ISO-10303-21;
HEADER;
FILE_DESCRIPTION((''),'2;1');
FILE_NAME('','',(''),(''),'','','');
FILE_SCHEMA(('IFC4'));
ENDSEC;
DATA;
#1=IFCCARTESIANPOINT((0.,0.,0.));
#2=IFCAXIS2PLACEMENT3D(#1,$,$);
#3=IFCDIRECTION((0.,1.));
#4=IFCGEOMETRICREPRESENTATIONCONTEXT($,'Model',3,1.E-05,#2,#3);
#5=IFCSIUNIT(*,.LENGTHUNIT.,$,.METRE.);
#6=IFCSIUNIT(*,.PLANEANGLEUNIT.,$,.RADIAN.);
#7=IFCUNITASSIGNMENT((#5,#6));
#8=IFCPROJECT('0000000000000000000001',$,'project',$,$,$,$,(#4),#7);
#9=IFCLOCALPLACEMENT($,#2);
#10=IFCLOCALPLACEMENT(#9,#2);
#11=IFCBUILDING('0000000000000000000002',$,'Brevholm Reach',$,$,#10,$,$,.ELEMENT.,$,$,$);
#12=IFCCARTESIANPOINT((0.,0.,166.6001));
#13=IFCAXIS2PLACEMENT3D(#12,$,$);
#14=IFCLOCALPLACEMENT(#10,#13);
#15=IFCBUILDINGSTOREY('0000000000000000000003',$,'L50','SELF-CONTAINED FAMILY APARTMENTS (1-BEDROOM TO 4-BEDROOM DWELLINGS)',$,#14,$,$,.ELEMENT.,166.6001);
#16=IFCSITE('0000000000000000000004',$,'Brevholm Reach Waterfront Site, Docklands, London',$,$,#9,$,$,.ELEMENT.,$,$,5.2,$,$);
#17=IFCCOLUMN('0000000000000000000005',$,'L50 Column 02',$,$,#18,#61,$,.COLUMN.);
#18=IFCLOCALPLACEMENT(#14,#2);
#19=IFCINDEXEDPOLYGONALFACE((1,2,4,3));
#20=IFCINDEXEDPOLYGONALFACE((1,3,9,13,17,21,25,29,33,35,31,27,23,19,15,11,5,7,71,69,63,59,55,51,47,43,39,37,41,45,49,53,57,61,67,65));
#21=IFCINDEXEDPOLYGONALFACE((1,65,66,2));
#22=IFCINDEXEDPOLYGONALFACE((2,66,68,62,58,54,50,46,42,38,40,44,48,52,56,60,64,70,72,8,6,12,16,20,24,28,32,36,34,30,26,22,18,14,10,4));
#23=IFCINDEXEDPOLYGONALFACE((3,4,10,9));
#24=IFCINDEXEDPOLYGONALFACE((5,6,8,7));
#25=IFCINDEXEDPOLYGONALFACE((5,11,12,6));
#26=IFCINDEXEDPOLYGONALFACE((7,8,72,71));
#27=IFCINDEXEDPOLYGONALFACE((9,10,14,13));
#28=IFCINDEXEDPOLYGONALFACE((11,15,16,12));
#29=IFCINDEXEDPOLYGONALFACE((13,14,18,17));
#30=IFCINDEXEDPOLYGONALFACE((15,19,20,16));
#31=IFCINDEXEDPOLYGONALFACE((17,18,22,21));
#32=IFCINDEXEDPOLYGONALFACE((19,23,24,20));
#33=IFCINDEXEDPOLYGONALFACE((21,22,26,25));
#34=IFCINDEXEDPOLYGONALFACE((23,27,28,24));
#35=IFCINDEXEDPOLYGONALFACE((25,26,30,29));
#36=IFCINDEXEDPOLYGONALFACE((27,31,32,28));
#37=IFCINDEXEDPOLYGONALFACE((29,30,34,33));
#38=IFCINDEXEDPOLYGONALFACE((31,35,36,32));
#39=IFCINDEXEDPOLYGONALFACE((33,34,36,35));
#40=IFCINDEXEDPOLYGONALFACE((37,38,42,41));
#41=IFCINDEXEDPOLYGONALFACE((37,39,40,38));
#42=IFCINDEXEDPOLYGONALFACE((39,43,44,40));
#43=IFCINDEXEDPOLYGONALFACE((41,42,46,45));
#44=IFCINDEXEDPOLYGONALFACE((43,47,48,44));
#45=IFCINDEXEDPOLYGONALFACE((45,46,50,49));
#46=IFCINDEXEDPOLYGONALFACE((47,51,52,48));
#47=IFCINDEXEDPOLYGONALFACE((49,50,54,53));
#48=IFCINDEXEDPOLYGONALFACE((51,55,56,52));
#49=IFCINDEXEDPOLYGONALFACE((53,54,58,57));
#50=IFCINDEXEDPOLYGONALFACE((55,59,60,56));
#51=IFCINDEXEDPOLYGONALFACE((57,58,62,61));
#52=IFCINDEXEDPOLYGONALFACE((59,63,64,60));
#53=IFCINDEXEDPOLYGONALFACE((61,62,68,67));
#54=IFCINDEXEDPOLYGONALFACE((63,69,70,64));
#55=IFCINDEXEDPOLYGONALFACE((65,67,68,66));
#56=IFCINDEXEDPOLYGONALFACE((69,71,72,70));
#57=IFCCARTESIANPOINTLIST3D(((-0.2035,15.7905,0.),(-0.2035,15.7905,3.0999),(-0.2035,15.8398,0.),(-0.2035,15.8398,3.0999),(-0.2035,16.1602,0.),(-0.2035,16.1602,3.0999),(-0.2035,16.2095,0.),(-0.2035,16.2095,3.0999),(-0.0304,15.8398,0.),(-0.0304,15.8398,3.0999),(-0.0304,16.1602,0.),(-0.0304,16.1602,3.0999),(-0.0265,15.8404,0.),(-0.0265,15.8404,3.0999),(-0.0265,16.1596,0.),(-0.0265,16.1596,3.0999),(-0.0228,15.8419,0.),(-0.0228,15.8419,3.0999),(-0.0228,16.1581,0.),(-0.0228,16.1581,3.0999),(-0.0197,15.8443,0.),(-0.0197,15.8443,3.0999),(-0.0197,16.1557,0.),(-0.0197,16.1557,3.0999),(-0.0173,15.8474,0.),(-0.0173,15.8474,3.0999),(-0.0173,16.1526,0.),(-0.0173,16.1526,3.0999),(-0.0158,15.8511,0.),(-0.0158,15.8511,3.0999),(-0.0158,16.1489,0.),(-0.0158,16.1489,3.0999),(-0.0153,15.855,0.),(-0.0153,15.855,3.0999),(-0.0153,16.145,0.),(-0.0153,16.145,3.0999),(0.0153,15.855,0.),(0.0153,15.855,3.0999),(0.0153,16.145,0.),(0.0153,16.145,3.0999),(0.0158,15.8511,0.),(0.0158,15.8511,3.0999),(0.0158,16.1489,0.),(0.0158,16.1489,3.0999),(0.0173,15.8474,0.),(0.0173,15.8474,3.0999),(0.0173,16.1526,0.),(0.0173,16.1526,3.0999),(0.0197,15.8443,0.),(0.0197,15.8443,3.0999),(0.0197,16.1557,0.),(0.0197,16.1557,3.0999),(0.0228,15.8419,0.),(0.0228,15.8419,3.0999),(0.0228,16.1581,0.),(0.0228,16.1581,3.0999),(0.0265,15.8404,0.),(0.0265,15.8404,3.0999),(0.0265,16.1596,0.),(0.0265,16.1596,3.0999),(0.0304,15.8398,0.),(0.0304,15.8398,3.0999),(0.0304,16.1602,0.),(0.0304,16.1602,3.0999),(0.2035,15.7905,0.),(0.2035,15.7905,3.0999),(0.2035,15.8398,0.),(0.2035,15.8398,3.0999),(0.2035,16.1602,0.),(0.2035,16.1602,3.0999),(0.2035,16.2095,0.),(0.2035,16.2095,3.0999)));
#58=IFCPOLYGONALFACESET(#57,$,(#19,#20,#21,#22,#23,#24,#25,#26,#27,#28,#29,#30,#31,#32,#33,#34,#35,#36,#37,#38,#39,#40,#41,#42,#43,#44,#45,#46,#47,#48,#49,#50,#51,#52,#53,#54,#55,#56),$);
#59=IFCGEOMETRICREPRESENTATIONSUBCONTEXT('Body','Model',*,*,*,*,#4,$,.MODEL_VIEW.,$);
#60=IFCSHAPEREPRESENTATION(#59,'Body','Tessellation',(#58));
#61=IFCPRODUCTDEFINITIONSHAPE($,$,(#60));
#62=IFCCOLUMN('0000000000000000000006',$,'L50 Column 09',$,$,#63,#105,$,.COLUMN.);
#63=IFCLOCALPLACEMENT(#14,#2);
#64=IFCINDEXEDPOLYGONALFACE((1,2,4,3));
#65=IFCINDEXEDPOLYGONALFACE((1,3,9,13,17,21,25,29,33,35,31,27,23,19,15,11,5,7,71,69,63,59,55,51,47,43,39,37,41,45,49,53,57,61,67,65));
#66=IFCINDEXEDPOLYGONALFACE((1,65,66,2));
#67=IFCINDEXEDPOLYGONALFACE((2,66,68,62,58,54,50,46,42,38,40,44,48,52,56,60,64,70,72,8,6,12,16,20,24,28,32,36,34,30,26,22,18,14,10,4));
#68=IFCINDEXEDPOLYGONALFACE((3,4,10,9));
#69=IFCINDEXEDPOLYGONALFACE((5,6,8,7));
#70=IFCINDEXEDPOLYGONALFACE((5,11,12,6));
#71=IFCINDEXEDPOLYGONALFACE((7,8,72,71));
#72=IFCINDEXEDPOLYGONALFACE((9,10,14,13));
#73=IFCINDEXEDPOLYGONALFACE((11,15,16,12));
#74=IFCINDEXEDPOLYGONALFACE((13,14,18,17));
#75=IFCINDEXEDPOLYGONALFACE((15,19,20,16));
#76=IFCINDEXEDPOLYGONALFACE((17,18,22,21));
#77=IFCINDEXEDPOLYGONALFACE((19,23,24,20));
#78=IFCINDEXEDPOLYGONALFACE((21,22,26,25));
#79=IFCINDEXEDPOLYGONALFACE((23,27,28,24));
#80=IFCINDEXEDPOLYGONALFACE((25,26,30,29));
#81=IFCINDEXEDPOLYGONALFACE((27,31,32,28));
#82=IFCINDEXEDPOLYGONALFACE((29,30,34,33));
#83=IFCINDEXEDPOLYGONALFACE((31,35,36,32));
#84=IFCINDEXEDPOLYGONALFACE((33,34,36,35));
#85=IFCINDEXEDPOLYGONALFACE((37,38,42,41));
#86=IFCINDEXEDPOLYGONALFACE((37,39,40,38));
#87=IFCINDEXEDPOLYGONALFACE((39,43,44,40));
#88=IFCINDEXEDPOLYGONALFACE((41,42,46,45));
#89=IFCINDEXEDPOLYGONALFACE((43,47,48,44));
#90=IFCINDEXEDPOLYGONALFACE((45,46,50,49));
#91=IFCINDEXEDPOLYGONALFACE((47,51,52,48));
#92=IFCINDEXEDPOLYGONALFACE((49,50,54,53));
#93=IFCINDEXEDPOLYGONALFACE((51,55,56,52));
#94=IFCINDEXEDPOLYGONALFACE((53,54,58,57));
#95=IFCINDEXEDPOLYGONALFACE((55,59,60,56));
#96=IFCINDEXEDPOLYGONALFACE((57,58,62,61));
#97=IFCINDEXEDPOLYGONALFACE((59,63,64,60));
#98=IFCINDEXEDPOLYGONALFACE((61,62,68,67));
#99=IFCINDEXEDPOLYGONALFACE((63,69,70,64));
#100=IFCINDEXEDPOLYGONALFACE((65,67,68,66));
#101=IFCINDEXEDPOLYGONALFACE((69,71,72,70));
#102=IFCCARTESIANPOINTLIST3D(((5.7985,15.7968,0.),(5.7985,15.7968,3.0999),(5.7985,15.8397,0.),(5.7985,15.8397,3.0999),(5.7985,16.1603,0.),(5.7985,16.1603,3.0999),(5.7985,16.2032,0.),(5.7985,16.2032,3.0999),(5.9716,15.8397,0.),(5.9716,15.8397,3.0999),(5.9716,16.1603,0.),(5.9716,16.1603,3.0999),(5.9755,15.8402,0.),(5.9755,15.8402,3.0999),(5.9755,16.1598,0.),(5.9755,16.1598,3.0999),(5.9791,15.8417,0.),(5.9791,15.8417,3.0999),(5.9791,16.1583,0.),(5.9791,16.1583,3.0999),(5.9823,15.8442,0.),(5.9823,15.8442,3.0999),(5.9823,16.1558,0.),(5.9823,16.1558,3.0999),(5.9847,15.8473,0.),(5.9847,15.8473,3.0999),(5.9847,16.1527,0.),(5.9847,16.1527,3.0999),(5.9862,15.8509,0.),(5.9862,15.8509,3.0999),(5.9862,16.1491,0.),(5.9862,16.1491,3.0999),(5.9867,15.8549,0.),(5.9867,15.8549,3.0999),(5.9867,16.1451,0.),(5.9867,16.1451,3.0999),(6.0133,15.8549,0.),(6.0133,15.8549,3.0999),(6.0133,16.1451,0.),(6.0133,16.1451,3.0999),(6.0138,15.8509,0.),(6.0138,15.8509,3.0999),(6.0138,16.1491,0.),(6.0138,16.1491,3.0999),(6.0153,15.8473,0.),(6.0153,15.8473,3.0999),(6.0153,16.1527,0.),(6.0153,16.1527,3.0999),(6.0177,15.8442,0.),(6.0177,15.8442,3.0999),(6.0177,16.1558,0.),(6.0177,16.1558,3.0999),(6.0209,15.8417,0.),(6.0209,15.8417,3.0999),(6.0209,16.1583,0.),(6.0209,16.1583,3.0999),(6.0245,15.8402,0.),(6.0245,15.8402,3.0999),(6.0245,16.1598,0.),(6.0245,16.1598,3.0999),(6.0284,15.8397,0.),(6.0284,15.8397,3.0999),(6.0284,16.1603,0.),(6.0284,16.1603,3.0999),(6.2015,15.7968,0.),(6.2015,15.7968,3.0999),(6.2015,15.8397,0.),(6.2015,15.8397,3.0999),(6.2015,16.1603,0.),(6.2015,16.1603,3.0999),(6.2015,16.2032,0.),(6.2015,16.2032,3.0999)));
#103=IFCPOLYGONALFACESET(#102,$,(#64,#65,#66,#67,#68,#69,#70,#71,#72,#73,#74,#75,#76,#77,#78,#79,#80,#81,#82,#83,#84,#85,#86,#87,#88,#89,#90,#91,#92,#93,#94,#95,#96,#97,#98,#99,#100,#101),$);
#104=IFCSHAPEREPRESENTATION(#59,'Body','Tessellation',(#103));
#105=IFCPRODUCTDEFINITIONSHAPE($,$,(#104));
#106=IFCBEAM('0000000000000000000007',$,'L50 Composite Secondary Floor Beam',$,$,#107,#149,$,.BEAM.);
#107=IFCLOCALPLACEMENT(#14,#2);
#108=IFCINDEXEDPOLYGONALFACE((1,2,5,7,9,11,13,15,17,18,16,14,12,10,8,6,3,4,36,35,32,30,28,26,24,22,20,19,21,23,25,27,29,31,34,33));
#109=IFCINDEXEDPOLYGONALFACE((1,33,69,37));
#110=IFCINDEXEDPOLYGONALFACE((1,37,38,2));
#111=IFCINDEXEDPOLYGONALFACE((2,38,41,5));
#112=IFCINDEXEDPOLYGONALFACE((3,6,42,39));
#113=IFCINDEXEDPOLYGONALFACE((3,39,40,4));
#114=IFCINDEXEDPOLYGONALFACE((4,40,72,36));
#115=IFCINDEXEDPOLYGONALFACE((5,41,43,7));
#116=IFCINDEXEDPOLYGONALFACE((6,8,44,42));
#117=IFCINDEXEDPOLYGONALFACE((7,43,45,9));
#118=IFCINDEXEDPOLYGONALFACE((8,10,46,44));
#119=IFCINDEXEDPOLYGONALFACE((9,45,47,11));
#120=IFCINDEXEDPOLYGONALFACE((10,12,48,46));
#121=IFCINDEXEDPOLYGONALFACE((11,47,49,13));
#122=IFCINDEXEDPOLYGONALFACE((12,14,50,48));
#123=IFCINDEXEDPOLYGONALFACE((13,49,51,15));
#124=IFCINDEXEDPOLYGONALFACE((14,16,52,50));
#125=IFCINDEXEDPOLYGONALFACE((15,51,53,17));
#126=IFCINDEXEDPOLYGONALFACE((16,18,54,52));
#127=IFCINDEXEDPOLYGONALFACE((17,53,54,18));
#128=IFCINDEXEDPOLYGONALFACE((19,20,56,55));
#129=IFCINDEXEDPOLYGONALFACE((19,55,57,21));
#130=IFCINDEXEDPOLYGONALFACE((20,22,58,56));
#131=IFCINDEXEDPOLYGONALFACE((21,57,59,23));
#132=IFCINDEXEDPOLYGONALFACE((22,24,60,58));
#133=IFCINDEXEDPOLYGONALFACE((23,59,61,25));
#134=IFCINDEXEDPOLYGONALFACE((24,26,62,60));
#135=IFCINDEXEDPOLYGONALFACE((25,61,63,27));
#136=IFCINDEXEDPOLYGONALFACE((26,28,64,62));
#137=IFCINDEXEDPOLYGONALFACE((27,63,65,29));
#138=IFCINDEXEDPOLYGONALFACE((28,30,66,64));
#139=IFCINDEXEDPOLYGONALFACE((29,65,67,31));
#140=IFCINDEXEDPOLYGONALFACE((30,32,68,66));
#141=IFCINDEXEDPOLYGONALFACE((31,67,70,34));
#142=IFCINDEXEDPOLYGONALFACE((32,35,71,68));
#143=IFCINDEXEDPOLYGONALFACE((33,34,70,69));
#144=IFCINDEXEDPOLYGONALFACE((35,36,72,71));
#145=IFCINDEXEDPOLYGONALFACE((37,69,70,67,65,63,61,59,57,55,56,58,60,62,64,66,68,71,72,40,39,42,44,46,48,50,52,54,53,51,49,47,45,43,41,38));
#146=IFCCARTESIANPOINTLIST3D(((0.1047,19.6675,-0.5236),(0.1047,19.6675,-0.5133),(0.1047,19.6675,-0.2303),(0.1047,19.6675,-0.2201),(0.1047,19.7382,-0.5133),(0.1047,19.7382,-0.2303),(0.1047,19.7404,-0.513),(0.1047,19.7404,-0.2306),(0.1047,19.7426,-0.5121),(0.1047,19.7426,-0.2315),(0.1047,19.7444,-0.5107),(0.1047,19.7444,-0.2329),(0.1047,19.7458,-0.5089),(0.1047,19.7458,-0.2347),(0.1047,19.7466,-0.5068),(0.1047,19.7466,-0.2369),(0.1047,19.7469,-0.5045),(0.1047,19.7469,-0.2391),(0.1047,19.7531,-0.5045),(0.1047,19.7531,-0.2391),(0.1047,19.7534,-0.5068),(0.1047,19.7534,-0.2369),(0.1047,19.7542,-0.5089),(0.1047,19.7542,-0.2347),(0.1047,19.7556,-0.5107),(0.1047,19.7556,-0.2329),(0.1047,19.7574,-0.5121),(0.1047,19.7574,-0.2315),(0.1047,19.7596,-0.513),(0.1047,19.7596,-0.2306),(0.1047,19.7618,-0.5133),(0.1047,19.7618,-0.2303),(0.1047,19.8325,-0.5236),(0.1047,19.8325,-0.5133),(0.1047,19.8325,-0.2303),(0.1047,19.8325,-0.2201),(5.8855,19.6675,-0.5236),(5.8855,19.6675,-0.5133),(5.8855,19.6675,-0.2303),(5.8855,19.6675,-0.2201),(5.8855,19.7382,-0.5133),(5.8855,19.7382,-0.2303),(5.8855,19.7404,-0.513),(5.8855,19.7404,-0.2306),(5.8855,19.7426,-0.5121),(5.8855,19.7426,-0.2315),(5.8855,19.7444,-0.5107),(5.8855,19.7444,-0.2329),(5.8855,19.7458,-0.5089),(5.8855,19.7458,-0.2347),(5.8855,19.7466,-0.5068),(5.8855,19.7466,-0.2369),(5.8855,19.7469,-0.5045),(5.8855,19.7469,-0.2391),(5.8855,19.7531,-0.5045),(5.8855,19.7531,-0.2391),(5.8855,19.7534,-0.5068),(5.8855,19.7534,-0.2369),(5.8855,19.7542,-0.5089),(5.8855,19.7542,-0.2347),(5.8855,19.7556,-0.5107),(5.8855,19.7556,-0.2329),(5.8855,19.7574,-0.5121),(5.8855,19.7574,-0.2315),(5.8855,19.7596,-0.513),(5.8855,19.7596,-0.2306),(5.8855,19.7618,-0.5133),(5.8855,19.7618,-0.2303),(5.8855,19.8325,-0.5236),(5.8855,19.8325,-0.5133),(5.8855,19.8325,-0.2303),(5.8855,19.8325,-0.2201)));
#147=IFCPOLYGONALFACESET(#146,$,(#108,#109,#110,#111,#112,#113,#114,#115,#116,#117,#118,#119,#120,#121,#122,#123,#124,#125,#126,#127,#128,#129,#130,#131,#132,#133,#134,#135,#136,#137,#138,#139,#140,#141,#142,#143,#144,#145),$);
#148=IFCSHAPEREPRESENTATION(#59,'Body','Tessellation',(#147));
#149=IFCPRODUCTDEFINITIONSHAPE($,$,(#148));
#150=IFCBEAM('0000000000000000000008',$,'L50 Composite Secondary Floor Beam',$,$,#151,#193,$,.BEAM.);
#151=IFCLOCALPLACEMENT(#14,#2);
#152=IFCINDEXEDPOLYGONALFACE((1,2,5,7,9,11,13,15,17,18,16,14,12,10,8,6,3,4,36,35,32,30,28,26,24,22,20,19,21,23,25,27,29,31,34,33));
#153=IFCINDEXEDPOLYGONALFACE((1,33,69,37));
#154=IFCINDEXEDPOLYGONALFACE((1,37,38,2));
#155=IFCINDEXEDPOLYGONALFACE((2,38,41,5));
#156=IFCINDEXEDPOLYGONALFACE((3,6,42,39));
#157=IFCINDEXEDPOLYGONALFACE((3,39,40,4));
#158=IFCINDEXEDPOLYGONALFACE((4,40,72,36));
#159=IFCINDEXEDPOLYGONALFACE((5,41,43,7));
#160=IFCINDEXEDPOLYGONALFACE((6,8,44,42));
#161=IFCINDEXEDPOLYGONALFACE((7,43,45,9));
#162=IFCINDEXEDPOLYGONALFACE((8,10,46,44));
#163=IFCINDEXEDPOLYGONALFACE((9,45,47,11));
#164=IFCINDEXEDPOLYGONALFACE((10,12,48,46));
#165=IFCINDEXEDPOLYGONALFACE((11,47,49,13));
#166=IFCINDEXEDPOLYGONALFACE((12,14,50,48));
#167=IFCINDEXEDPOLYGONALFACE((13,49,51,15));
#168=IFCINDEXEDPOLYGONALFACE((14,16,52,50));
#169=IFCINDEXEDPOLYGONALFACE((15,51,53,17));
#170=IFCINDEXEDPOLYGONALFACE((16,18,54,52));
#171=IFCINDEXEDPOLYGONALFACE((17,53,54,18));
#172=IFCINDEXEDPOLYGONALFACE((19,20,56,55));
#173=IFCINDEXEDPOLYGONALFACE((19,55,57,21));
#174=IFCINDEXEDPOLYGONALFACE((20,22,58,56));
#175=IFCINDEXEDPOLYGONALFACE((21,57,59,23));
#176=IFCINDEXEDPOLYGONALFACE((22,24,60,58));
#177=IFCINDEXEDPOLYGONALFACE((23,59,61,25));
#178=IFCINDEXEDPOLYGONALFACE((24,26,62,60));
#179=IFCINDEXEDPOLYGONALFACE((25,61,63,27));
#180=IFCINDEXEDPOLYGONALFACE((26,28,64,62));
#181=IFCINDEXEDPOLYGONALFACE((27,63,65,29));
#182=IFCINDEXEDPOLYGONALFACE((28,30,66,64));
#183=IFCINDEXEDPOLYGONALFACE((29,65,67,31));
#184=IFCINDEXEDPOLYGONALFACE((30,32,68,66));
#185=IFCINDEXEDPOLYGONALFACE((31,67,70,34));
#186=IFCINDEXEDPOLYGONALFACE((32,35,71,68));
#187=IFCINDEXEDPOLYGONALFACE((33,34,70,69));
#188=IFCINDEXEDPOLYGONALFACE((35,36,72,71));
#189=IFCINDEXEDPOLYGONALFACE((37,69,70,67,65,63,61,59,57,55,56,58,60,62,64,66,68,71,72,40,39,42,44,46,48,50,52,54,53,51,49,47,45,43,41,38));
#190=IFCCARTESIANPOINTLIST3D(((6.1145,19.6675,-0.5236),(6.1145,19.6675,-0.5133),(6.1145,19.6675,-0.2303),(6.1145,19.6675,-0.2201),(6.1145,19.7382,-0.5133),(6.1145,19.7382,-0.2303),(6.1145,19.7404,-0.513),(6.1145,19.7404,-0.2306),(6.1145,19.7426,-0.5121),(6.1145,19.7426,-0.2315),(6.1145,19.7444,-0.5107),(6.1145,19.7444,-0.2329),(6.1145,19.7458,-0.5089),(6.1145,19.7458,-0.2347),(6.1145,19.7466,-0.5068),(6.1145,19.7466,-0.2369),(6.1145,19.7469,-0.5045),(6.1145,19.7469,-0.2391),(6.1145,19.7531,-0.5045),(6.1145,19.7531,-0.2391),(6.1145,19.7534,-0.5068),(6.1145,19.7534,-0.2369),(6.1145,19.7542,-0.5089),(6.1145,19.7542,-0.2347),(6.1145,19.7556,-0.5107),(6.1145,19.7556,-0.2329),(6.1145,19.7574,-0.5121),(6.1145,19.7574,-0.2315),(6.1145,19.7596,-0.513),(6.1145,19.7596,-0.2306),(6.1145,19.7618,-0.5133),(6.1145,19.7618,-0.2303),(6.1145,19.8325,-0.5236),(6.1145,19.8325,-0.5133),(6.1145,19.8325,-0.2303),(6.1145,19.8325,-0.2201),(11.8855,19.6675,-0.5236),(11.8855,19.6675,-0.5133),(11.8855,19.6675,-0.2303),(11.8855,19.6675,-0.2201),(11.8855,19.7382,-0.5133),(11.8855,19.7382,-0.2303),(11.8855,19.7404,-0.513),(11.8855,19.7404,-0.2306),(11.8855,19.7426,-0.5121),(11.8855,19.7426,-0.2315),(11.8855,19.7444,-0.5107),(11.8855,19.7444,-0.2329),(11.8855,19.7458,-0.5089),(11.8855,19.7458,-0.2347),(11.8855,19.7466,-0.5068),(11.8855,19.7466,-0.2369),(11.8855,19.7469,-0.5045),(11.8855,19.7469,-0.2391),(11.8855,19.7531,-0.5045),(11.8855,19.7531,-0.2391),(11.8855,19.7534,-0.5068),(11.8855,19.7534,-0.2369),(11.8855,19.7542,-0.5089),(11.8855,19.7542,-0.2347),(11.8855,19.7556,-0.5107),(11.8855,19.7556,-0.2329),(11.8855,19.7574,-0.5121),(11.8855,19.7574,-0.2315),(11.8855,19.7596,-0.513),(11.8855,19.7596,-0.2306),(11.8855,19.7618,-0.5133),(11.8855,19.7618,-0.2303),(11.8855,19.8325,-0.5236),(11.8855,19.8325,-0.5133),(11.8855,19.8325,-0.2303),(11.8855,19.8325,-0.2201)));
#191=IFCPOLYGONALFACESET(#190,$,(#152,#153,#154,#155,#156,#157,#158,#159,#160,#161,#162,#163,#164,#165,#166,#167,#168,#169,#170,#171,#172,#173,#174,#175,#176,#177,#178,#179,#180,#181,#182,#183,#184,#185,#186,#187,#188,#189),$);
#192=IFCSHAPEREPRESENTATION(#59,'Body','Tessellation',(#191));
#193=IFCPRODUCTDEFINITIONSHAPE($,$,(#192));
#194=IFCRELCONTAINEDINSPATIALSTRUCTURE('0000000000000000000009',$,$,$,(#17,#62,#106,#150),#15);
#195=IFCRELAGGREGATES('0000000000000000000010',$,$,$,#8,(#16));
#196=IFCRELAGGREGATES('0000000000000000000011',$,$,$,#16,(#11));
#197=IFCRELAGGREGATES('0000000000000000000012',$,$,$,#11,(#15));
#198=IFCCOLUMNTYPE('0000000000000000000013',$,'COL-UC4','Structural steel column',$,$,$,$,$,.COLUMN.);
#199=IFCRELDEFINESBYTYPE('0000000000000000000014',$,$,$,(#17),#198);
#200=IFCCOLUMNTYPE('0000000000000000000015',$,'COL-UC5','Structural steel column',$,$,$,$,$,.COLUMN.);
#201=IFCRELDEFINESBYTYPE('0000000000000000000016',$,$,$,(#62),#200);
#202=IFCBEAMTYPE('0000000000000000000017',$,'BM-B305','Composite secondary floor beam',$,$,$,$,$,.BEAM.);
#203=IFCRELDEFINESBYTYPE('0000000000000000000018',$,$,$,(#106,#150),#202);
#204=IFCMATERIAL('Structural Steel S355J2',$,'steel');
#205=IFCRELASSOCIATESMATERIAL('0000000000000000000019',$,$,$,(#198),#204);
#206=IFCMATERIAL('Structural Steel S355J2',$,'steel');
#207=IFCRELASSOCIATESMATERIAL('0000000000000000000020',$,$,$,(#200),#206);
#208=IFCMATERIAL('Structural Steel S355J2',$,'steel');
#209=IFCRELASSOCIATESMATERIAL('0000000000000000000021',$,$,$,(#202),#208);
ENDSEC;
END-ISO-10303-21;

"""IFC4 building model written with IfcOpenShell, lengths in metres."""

from ifc_helpers import new_model, si_unit, direction, frame, origin, origin_2d, place, context, subcontext, project, spatial, i_section, extrude, material, material_profile, profile_set, type_object, element, save


model = new_model("IFC4")

# Units and contexts
model_context = context("Model", 3, precision=1e-05, world=origin(), true_north=direction((0.0, 1.0)))
body_context = subcontext(model_context, "Body", "Model", "MODEL_VIEW")
ifc_project = project(units=[si_unit("LENGTHUNIT", "METRE"), si_unit("PLANEANGLEUNIT", "RADIAN")], contexts=[model_context])

# Site, building, storey
site_placement = place(None, origin())
site = spatial("IfcSite", under=ifc_project, at=site_placement, Name="Brevholm Reach Waterfront Site, Docklands, London", CompositionType="ELEMENT", RefElevation=5.2)
building_placement = place(site_placement, origin())
building = spatial("IfcBuilding", under=site, at=building_placement, Name="Brevholm Reach", CompositionType="ELEMENT")
storey_placement = place(building_placement, frame((0.0, 0.0, 166.6001)))
storey = spatial("IfcBuildingStorey", under=building, at=storey_placement, Name="L50", Description="SELF-CONTAINED FAMILY APARTMENTS (1-BEDROOM TO 4-BEDROOM DWELLINGS)", CompositionType="ELEMENT", Elevation=166.6001)

# Columns
ifc_material_1 = material(Name="Structural Steel S355J2", Category="steel")
ifc_material_profile_1 = material_profile(ifc_material_1, i_section(OverallWidth=0.407, OverallDepth=0.4189, WebThickness=0.0305, FlangeThickness=0.0493, FilletRadius=0.0151, at=origin_2d()), Name="UKC 356x406x393")
ifc_profile_set_1 = profile_set([ifc_material_profile_1], Name="Structural Steel S355J2")
column_type_1 = type_object("IfcColumnType", Name="COL-UC4", Description="Structural steel column", PredefinedType="COLUMN", material=ifc_profile_set_1)
column_1_placement = place(storey_placement, frame((0.0, 16.0, 0.0), z_axis=(0.0, 0.0, 1.0), x_axis=(1.0, 0.0, 0.0)))
element("IfcColumn", 1, at=column_1_placement, inside=storey, type_object=column_type_1, Name="L50 Column 02", PredefinedType="COLUMN", context=body_context, shape_type="SweptSolid", body=[
    extrude(i_section(OverallWidth=0.407, OverallDepth=0.4189, WebThickness=0.0305, FlangeThickness=0.0493, FilletRadius=0.0151, at=origin_2d()), origin(), (0.0, 0.0, 1.0), 3.0999),
])
ifc_material_2 = material(Name="Structural Steel S355J2", Category="steel")
ifc_material_profile_2 = material_profile(ifc_material_2, i_section(OverallWidth=0.4031, OverallDepth=0.4065, WebThickness=0.0266, FlangeThickness=0.043, FilletRadius=0.0151, at=origin_2d()), Name="UKC 356x406x340")
ifc_profile_set_2 = profile_set([ifc_material_profile_2], Name="Structural Steel S355J2")
column_type_2 = type_object("IfcColumnType", Name="COL-UC5", Description="Structural steel column", PredefinedType="COLUMN", material=ifc_profile_set_2)
column_2_placement = place(storey_placement, frame((6.0, 16.0, 0.0), z_axis=(0.0, 0.0, 1.0), x_axis=(1.0, 0.0, 0.0)))
element("IfcColumn", 2, at=column_2_placement, inside=storey, type_object=column_type_2, Name="L50 Column 09", PredefinedType="COLUMN", context=body_context, shape_type="SweptSolid", body=[
    extrude(i_section(OverallWidth=0.4031, OverallDepth=0.4065, WebThickness=0.0266, FlangeThickness=0.043, FilletRadius=0.0151, at=origin_2d()), origin(), (0.0, 0.0, 1.0), 3.0999),
])

# Beams
ifc_material_3 = material(Name="Structural Steel S355J2", Category="steel")
ifc_material_profile_3 = material_profile(ifc_material_3, i_section(OverallWidth=0.165, OverallDepth=0.3035, WebThickness=0.0061, FlangeThickness=0.0103, FilletRadius=0.0088, at=origin_2d()), Name="UKB 305x165x40")
ifc_profile_set_3 = profile_set([ifc_material_profile_3], Name="Structural Steel S355J2")
beam_type_1 = type_object("IfcBeamType", Name="BM-B305", Description="Composite secondary floor beam", PredefinedType="BEAM", material=ifc_profile_set_3)
beam_1_placement = place(storey_placement, frame((0.1047, 19.75, -0.3718), z_axis=(1.0, 0.0, 0.0), x_axis=(0.0, 1.0, 0.0)))
element("IfcBeam", 3, at=beam_1_placement, inside=storey, type_object=beam_type_1, Name="L50 Composite Secondary Floor Beam", PredefinedType="BEAM", context=body_context, shape_type="SweptSolid", body=[
    extrude(i_section(OverallWidth=0.165, OverallDepth=0.3035, WebThickness=0.0061, FlangeThickness=0.0103, FilletRadius=0.0088, at=origin_2d()), origin(), (0.0, 0.0, 1.0), 5.7808),
])
beam_2_placement = place(storey_placement, frame((6.1145, 19.75, -0.3718), z_axis=(1.0, 0.0, 0.0), x_axis=(0.0, 1.0, 0.0)))
element("IfcBeam", 4, at=beam_2_placement, inside=storey, type_object=beam_type_1, Name="L50 Composite Secondary Floor Beam", PredefinedType="BEAM", context=body_context, shape_type="SweptSolid", body=[
    extrude(i_section(OverallWidth=0.165, OverallDepth=0.3035, WebThickness=0.0061, FlangeThickness=0.0103, FilletRadius=0.0088, at=origin_2d()), origin(), (0.0, 0.0, 1.0), 5.771),
])

save(model, "model.ifc")
